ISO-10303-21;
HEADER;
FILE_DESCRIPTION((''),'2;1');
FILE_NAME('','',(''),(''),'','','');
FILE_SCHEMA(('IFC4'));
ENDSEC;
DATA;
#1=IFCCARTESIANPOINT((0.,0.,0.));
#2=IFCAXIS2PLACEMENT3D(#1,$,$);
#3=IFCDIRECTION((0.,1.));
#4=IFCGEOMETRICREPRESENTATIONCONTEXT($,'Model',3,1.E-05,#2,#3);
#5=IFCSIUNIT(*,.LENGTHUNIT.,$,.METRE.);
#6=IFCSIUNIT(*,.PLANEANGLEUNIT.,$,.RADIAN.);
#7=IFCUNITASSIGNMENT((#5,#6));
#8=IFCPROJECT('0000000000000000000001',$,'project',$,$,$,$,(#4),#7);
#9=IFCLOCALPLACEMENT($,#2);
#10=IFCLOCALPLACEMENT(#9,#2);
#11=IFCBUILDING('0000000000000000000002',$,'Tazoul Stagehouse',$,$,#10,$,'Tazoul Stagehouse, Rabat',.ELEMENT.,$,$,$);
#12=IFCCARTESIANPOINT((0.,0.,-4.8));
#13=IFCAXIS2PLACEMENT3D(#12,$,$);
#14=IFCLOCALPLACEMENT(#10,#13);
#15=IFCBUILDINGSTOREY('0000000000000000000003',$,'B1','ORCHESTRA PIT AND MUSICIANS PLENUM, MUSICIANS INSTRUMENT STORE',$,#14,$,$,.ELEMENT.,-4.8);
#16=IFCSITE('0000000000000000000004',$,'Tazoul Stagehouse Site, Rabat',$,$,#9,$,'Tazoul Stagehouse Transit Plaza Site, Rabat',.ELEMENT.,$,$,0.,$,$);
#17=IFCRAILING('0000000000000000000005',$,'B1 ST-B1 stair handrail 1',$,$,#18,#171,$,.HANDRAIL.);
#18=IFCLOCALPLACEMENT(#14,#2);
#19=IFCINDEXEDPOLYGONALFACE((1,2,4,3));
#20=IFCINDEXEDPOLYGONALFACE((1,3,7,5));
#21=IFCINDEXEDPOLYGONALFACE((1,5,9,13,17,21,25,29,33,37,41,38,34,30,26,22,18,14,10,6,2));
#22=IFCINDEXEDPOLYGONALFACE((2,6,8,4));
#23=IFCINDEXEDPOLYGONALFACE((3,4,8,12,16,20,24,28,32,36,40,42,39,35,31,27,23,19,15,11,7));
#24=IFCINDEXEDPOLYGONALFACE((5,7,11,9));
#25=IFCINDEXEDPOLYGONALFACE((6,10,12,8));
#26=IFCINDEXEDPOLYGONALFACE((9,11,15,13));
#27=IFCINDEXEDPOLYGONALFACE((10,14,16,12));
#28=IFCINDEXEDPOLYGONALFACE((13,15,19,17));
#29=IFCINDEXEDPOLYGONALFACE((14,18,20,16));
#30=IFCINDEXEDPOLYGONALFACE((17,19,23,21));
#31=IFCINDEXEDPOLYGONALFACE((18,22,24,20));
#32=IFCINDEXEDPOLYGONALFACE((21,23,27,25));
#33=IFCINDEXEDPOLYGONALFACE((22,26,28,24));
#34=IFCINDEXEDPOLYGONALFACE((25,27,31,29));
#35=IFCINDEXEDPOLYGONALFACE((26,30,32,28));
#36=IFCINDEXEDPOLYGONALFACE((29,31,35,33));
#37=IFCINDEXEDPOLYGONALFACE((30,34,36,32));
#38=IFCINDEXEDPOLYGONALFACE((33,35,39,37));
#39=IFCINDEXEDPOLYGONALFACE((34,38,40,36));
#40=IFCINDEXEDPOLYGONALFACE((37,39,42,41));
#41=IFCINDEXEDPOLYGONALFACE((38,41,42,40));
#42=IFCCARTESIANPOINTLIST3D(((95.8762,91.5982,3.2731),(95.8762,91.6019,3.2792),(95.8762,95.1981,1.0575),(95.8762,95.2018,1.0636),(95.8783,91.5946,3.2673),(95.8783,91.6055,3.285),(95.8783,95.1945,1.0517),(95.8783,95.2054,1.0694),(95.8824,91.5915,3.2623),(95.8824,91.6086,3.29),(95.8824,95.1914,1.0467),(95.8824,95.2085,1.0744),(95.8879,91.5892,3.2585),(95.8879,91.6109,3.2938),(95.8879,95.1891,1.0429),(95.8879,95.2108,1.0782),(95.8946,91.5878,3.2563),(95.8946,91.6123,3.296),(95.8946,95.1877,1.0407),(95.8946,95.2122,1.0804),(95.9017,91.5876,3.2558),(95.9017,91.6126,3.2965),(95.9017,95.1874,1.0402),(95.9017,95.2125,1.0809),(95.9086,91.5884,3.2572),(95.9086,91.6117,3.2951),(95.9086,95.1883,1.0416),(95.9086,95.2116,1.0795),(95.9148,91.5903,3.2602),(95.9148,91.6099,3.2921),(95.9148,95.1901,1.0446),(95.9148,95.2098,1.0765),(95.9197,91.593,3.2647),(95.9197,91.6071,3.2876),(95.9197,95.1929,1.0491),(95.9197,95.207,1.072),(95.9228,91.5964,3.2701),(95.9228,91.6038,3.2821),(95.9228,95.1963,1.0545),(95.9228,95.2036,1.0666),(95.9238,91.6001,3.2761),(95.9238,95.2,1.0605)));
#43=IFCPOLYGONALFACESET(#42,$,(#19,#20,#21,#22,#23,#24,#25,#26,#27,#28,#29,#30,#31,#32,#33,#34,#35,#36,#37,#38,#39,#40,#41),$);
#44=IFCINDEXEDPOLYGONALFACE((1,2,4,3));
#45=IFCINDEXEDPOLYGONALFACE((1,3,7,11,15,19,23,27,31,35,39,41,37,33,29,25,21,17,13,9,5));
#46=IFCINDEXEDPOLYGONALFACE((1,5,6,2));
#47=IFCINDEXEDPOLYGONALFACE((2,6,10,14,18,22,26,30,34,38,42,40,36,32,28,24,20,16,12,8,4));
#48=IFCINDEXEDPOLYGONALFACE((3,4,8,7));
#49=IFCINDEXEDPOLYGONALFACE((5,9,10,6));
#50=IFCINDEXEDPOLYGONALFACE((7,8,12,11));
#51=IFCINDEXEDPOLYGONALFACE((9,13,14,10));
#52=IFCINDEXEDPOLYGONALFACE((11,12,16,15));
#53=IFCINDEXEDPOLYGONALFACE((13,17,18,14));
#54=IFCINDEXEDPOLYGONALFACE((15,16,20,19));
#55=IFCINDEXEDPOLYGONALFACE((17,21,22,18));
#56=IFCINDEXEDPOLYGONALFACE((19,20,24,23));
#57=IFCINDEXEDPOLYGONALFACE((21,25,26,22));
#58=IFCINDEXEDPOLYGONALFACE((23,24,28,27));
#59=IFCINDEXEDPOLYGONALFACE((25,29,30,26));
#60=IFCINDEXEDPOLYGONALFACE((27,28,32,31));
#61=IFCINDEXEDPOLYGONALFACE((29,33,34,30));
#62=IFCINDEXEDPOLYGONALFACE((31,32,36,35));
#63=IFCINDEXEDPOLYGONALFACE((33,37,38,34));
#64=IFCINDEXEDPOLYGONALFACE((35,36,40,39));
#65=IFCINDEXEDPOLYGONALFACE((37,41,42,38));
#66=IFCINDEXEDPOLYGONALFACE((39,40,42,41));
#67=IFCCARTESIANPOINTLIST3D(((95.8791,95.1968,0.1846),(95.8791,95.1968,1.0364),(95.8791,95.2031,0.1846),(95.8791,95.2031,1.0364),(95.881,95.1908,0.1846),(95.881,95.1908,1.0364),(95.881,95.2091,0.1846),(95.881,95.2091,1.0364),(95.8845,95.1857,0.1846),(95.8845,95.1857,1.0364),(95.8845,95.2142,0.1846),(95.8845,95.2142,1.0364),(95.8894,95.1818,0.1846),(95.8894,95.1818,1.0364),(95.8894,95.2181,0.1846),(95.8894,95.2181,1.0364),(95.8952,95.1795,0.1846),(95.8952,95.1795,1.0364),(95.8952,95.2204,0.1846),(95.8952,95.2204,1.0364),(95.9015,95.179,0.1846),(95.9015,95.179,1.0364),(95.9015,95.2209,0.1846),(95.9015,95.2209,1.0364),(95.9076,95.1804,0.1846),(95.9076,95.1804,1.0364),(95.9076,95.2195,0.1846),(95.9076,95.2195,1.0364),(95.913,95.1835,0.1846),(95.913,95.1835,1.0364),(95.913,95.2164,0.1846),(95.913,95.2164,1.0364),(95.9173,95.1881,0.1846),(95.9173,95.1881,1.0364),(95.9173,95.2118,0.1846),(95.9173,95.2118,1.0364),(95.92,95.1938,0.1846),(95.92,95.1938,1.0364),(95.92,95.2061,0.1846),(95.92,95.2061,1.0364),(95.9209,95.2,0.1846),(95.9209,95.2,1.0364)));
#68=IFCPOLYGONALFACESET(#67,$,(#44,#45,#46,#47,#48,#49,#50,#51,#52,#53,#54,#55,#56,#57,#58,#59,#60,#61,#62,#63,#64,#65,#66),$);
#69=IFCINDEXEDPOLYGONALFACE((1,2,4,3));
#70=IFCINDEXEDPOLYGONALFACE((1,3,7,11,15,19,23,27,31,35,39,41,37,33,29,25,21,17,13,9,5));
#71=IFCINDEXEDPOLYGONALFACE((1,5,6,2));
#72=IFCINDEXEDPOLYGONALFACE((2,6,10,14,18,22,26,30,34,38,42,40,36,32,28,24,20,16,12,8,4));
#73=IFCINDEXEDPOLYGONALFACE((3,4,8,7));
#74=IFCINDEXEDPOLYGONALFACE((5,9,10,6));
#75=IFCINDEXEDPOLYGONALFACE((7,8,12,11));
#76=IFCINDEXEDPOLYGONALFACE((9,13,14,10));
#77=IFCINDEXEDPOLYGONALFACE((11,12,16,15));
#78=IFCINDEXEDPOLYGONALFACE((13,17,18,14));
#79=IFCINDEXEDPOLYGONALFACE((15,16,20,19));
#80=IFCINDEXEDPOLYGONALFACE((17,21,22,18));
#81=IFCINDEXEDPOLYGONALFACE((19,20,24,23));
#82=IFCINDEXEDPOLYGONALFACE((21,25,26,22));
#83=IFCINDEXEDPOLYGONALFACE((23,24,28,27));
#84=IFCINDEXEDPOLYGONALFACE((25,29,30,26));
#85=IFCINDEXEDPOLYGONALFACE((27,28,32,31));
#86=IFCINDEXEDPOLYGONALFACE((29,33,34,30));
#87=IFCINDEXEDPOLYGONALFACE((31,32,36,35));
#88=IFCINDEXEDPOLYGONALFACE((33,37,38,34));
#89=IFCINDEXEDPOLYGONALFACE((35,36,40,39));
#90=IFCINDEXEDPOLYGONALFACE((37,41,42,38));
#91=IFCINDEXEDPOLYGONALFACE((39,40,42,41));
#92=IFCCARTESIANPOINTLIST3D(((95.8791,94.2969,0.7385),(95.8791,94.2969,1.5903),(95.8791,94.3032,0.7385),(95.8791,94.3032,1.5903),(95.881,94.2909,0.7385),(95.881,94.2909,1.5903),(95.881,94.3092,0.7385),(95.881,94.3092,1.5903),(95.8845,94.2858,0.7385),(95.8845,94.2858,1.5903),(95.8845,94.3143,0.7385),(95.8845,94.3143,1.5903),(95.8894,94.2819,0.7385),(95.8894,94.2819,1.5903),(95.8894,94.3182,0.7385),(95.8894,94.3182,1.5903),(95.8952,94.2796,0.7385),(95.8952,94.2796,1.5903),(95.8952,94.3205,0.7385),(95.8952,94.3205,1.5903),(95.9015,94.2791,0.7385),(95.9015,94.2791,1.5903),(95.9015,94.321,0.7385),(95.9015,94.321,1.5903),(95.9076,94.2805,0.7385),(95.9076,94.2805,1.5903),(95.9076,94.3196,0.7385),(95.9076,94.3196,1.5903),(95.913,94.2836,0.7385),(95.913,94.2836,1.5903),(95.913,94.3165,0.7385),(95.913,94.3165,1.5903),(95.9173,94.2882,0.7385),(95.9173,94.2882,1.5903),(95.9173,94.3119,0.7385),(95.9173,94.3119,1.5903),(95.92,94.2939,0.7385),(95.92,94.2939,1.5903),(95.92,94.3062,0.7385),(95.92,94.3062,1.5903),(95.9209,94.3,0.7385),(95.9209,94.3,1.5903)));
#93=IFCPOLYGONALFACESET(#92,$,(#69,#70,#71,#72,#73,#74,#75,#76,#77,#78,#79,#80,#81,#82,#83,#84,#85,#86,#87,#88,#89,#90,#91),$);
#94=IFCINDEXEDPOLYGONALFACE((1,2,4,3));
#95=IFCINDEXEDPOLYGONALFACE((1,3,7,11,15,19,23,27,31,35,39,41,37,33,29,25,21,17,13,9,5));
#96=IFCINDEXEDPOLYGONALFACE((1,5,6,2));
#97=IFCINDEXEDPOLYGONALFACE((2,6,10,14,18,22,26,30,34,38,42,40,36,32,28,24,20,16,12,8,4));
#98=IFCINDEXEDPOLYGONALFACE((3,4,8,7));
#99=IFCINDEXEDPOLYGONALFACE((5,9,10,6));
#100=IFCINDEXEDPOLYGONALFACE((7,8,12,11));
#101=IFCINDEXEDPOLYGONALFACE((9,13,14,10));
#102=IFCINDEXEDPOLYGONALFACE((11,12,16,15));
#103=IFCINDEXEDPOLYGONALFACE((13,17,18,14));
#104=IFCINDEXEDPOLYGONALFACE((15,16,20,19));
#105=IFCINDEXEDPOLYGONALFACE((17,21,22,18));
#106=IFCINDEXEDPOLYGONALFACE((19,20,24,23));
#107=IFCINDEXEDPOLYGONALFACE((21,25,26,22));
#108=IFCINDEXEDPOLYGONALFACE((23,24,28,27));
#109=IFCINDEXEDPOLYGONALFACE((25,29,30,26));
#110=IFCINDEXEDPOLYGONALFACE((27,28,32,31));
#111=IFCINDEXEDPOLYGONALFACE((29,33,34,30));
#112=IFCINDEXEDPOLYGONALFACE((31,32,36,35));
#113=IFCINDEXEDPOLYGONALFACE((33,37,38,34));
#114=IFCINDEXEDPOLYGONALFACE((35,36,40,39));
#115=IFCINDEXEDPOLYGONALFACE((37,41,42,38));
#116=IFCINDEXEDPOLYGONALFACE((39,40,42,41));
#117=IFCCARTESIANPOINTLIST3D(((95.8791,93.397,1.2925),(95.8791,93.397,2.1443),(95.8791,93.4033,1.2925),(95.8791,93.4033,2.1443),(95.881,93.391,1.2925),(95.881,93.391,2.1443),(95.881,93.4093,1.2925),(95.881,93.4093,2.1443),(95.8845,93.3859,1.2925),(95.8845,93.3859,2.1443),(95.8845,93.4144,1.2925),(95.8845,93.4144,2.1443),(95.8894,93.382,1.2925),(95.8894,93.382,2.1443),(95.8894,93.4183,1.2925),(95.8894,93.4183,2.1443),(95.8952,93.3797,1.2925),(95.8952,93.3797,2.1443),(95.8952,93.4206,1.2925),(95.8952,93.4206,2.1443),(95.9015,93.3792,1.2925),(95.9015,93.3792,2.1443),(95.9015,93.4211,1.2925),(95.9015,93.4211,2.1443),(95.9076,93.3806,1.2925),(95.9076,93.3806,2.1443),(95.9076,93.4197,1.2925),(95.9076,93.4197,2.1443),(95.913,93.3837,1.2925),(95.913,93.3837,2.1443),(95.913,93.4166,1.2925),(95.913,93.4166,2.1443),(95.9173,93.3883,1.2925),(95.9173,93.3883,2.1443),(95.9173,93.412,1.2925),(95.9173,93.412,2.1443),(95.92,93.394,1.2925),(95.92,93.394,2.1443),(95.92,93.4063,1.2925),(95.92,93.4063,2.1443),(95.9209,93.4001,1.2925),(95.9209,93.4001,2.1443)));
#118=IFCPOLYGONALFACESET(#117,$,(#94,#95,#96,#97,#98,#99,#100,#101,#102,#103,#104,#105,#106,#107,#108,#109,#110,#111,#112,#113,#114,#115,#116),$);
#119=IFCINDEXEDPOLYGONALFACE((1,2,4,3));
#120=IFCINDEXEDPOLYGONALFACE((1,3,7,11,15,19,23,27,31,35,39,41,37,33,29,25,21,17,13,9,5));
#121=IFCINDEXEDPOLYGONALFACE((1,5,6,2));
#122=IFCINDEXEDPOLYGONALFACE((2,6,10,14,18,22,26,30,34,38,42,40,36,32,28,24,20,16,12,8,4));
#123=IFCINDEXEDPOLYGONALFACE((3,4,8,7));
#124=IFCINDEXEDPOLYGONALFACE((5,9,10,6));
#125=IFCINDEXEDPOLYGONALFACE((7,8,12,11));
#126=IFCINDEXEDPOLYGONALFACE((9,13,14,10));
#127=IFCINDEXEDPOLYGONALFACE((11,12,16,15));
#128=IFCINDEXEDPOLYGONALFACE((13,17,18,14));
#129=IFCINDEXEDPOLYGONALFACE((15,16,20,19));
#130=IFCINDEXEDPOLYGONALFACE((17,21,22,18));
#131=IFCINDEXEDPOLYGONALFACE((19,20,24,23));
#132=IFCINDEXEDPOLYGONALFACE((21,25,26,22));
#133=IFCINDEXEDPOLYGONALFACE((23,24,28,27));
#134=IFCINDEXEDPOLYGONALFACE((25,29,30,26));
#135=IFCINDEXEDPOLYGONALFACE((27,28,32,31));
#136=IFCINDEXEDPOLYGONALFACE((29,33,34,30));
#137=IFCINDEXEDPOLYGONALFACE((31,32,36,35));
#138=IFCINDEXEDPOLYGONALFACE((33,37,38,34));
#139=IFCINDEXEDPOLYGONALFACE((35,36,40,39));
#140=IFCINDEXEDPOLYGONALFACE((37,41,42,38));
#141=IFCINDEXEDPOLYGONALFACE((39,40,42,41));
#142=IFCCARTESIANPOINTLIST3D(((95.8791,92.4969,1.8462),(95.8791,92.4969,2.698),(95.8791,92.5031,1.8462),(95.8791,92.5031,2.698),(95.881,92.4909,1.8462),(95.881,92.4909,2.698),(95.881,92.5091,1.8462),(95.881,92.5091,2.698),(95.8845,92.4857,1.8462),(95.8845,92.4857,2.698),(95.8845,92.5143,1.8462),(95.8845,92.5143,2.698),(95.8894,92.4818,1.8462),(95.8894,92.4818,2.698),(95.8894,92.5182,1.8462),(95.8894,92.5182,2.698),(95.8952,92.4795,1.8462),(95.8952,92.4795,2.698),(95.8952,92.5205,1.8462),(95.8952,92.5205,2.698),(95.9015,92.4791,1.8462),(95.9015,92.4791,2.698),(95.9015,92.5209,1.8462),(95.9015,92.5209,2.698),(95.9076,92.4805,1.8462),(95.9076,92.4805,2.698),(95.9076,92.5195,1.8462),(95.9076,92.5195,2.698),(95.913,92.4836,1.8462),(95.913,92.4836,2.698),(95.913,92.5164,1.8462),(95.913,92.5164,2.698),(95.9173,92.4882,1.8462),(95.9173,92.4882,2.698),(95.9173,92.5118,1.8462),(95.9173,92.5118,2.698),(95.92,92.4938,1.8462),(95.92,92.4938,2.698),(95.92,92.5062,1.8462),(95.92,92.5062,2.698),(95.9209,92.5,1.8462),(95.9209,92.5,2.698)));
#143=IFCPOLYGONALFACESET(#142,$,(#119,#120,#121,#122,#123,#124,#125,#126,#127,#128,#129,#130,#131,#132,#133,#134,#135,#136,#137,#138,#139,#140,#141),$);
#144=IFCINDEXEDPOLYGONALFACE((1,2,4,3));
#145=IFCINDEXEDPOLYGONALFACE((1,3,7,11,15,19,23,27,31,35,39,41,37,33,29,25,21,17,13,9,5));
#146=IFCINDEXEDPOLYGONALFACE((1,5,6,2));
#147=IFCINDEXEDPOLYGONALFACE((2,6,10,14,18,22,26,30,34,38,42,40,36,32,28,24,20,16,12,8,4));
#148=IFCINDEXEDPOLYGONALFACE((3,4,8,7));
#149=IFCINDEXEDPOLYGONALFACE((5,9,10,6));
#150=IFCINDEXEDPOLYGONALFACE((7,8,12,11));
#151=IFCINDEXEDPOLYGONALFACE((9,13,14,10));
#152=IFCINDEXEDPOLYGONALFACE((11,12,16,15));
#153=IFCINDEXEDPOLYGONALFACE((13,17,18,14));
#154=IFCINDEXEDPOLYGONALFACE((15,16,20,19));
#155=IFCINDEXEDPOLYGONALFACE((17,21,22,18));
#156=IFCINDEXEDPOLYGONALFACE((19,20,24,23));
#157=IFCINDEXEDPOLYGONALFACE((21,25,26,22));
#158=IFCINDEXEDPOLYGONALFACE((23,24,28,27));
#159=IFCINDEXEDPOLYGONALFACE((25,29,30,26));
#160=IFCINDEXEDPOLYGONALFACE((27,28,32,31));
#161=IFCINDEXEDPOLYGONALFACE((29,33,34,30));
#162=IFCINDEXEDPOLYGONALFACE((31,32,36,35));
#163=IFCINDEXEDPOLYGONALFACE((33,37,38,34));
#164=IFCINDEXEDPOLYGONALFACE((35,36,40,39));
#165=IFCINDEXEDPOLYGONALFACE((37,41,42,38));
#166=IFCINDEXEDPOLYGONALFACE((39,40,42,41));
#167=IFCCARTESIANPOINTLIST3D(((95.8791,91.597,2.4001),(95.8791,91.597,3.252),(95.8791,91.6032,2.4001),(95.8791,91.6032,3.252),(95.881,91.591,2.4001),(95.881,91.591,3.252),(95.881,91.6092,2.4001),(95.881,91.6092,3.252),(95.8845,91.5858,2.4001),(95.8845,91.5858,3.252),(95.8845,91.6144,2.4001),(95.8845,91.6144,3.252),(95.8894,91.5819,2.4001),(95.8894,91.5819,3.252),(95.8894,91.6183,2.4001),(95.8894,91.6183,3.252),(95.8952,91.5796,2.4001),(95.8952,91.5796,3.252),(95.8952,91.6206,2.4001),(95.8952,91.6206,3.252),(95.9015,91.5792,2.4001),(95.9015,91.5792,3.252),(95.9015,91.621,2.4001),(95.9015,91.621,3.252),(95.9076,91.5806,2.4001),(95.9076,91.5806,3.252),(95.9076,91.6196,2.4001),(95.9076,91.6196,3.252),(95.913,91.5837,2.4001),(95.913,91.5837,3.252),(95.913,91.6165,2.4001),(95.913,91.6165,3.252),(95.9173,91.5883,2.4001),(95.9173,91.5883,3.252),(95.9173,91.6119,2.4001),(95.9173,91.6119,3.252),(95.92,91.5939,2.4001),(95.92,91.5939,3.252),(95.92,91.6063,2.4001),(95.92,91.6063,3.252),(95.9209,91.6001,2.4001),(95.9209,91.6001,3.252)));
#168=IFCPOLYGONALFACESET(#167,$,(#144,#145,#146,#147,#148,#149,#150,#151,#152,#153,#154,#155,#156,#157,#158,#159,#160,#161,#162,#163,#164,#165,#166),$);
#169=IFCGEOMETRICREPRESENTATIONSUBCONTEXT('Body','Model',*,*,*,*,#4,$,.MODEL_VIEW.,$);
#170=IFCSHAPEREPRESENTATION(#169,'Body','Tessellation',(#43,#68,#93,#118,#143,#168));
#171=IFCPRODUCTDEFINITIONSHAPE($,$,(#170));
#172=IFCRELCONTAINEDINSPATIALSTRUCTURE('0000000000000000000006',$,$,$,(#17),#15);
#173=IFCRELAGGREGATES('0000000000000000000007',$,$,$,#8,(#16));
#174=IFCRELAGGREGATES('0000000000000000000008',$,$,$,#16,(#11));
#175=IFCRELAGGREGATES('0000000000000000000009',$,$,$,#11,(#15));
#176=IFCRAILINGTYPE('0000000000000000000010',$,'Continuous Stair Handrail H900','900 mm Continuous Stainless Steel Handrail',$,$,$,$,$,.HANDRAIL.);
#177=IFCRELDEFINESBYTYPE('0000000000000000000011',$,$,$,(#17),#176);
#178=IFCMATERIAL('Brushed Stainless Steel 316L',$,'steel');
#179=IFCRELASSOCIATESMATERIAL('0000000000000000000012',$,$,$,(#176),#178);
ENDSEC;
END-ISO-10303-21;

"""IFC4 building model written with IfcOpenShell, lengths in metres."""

from ifc_helpers import new_model, si_unit, direction, frame, origin, origin_2d, place, context, subcontext, project, spatial, circle, extrude, material, material_profile, profile_set, type_object, element, save


model = new_model("IFC4")

# Units and contexts
model_context = context("Model", 3, precision=1e-05, world=origin(), true_north=direction((0.0, 1.0)))
body_context = subcontext(model_context, "Body", "Model", "MODEL_VIEW")
ifc_project = project(units=[si_unit("LENGTHUNIT", "METRE"), si_unit("PLANEANGLEUNIT", "RADIAN")], contexts=[model_context])

# Site, building, storey
site_placement = place(None, origin())
site = spatial("IfcSite", under=ifc_project, at=site_placement, Name="Tazoul Stagehouse Site, Rabat", LongName="Tazoul Stagehouse Transit Plaza Site, Rabat", CompositionType="ELEMENT", RefElevation=0.0)
building_placement = place(site_placement, origin())
building = spatial("IfcBuilding", under=site, at=building_placement, Name="Tazoul Stagehouse", LongName="Tazoul Stagehouse, Rabat", CompositionType="ELEMENT")
storey_placement = place(building_placement, frame((0.0, 0.0, -4.8)))
storey = spatial("IfcBuildingStorey", under=building, at=storey_placement, Name="B1", Description="ORCHESTRA PIT AND MUSICIANS PLENUM, MUSICIANS INSTRUMENT STORE", CompositionType="ELEMENT", Elevation=-4.8)

# Railing
ifc_material_1 = material(Name="Brushed Stainless Steel 316L", Category="steel")
ifc_material_profile_1 = material_profile(ifc_material_1, circle(Radius=0.021, at=origin_2d()), Name="SS HANDRAIL D42")
ifc_profile_set_1 = profile_set([ifc_material_profile_1], Name="Brushed Stainless Steel 316L")
railing_type_1 = type_object("IfcRailingType", Name="Continuous Stair Handrail H900", Description="900 mm Continuous Stainless Steel Handrail", PredefinedType="HANDRAIL", material=ifc_profile_set_1)
railing_1_placement = place(storey_placement, frame((95.8999, 95.2, 0.1846)))
element("IfcRailing", 1, at=railing_1_placement, inside=storey, type_object=railing_type_1, Name="B1 ST-B1 stair handrail 1", PredefinedType="HANDRAIL", context=body_context, shape_type="SweptSolid", body=[
    extrude(circle(Radius=0.0239, at=origin_2d()), frame((0.0, 0.0, 0.876), z_axis=(0.0, -0.851629, 0.524146), x_axis=(1.0, 0.0, 0.0)), (0.0, 0.0, 1.0), 4.2271),
    extrude(circle(Radius=0.021, at=origin_2d()), origin(), (0.0, 0.0, 1.0), 0.8518),
    extrude(circle(Radius=0.021, at=origin_2d()), frame((0.0, -0.8999, 0.554)), (0.0, 0.0, 1.0), 0.8518),
    extrude(circle(Radius=0.021, at=origin_2d()), frame((0.0, -1.7998, 1.1079)), (0.0, 0.0, 1.0), 0.8518),
    extrude(circle(Radius=0.021, at=origin_2d()), frame((0.0, -2.7, 1.6616)), (0.0, 0.0, 1.0), 0.8518),
    extrude(circle(Radius=0.021, at=origin_2d()), frame((0.0, -3.5999, 2.2156)), (0.0, 0.0, 1.0), 0.8518),
])

save(model, "model.ifc")
